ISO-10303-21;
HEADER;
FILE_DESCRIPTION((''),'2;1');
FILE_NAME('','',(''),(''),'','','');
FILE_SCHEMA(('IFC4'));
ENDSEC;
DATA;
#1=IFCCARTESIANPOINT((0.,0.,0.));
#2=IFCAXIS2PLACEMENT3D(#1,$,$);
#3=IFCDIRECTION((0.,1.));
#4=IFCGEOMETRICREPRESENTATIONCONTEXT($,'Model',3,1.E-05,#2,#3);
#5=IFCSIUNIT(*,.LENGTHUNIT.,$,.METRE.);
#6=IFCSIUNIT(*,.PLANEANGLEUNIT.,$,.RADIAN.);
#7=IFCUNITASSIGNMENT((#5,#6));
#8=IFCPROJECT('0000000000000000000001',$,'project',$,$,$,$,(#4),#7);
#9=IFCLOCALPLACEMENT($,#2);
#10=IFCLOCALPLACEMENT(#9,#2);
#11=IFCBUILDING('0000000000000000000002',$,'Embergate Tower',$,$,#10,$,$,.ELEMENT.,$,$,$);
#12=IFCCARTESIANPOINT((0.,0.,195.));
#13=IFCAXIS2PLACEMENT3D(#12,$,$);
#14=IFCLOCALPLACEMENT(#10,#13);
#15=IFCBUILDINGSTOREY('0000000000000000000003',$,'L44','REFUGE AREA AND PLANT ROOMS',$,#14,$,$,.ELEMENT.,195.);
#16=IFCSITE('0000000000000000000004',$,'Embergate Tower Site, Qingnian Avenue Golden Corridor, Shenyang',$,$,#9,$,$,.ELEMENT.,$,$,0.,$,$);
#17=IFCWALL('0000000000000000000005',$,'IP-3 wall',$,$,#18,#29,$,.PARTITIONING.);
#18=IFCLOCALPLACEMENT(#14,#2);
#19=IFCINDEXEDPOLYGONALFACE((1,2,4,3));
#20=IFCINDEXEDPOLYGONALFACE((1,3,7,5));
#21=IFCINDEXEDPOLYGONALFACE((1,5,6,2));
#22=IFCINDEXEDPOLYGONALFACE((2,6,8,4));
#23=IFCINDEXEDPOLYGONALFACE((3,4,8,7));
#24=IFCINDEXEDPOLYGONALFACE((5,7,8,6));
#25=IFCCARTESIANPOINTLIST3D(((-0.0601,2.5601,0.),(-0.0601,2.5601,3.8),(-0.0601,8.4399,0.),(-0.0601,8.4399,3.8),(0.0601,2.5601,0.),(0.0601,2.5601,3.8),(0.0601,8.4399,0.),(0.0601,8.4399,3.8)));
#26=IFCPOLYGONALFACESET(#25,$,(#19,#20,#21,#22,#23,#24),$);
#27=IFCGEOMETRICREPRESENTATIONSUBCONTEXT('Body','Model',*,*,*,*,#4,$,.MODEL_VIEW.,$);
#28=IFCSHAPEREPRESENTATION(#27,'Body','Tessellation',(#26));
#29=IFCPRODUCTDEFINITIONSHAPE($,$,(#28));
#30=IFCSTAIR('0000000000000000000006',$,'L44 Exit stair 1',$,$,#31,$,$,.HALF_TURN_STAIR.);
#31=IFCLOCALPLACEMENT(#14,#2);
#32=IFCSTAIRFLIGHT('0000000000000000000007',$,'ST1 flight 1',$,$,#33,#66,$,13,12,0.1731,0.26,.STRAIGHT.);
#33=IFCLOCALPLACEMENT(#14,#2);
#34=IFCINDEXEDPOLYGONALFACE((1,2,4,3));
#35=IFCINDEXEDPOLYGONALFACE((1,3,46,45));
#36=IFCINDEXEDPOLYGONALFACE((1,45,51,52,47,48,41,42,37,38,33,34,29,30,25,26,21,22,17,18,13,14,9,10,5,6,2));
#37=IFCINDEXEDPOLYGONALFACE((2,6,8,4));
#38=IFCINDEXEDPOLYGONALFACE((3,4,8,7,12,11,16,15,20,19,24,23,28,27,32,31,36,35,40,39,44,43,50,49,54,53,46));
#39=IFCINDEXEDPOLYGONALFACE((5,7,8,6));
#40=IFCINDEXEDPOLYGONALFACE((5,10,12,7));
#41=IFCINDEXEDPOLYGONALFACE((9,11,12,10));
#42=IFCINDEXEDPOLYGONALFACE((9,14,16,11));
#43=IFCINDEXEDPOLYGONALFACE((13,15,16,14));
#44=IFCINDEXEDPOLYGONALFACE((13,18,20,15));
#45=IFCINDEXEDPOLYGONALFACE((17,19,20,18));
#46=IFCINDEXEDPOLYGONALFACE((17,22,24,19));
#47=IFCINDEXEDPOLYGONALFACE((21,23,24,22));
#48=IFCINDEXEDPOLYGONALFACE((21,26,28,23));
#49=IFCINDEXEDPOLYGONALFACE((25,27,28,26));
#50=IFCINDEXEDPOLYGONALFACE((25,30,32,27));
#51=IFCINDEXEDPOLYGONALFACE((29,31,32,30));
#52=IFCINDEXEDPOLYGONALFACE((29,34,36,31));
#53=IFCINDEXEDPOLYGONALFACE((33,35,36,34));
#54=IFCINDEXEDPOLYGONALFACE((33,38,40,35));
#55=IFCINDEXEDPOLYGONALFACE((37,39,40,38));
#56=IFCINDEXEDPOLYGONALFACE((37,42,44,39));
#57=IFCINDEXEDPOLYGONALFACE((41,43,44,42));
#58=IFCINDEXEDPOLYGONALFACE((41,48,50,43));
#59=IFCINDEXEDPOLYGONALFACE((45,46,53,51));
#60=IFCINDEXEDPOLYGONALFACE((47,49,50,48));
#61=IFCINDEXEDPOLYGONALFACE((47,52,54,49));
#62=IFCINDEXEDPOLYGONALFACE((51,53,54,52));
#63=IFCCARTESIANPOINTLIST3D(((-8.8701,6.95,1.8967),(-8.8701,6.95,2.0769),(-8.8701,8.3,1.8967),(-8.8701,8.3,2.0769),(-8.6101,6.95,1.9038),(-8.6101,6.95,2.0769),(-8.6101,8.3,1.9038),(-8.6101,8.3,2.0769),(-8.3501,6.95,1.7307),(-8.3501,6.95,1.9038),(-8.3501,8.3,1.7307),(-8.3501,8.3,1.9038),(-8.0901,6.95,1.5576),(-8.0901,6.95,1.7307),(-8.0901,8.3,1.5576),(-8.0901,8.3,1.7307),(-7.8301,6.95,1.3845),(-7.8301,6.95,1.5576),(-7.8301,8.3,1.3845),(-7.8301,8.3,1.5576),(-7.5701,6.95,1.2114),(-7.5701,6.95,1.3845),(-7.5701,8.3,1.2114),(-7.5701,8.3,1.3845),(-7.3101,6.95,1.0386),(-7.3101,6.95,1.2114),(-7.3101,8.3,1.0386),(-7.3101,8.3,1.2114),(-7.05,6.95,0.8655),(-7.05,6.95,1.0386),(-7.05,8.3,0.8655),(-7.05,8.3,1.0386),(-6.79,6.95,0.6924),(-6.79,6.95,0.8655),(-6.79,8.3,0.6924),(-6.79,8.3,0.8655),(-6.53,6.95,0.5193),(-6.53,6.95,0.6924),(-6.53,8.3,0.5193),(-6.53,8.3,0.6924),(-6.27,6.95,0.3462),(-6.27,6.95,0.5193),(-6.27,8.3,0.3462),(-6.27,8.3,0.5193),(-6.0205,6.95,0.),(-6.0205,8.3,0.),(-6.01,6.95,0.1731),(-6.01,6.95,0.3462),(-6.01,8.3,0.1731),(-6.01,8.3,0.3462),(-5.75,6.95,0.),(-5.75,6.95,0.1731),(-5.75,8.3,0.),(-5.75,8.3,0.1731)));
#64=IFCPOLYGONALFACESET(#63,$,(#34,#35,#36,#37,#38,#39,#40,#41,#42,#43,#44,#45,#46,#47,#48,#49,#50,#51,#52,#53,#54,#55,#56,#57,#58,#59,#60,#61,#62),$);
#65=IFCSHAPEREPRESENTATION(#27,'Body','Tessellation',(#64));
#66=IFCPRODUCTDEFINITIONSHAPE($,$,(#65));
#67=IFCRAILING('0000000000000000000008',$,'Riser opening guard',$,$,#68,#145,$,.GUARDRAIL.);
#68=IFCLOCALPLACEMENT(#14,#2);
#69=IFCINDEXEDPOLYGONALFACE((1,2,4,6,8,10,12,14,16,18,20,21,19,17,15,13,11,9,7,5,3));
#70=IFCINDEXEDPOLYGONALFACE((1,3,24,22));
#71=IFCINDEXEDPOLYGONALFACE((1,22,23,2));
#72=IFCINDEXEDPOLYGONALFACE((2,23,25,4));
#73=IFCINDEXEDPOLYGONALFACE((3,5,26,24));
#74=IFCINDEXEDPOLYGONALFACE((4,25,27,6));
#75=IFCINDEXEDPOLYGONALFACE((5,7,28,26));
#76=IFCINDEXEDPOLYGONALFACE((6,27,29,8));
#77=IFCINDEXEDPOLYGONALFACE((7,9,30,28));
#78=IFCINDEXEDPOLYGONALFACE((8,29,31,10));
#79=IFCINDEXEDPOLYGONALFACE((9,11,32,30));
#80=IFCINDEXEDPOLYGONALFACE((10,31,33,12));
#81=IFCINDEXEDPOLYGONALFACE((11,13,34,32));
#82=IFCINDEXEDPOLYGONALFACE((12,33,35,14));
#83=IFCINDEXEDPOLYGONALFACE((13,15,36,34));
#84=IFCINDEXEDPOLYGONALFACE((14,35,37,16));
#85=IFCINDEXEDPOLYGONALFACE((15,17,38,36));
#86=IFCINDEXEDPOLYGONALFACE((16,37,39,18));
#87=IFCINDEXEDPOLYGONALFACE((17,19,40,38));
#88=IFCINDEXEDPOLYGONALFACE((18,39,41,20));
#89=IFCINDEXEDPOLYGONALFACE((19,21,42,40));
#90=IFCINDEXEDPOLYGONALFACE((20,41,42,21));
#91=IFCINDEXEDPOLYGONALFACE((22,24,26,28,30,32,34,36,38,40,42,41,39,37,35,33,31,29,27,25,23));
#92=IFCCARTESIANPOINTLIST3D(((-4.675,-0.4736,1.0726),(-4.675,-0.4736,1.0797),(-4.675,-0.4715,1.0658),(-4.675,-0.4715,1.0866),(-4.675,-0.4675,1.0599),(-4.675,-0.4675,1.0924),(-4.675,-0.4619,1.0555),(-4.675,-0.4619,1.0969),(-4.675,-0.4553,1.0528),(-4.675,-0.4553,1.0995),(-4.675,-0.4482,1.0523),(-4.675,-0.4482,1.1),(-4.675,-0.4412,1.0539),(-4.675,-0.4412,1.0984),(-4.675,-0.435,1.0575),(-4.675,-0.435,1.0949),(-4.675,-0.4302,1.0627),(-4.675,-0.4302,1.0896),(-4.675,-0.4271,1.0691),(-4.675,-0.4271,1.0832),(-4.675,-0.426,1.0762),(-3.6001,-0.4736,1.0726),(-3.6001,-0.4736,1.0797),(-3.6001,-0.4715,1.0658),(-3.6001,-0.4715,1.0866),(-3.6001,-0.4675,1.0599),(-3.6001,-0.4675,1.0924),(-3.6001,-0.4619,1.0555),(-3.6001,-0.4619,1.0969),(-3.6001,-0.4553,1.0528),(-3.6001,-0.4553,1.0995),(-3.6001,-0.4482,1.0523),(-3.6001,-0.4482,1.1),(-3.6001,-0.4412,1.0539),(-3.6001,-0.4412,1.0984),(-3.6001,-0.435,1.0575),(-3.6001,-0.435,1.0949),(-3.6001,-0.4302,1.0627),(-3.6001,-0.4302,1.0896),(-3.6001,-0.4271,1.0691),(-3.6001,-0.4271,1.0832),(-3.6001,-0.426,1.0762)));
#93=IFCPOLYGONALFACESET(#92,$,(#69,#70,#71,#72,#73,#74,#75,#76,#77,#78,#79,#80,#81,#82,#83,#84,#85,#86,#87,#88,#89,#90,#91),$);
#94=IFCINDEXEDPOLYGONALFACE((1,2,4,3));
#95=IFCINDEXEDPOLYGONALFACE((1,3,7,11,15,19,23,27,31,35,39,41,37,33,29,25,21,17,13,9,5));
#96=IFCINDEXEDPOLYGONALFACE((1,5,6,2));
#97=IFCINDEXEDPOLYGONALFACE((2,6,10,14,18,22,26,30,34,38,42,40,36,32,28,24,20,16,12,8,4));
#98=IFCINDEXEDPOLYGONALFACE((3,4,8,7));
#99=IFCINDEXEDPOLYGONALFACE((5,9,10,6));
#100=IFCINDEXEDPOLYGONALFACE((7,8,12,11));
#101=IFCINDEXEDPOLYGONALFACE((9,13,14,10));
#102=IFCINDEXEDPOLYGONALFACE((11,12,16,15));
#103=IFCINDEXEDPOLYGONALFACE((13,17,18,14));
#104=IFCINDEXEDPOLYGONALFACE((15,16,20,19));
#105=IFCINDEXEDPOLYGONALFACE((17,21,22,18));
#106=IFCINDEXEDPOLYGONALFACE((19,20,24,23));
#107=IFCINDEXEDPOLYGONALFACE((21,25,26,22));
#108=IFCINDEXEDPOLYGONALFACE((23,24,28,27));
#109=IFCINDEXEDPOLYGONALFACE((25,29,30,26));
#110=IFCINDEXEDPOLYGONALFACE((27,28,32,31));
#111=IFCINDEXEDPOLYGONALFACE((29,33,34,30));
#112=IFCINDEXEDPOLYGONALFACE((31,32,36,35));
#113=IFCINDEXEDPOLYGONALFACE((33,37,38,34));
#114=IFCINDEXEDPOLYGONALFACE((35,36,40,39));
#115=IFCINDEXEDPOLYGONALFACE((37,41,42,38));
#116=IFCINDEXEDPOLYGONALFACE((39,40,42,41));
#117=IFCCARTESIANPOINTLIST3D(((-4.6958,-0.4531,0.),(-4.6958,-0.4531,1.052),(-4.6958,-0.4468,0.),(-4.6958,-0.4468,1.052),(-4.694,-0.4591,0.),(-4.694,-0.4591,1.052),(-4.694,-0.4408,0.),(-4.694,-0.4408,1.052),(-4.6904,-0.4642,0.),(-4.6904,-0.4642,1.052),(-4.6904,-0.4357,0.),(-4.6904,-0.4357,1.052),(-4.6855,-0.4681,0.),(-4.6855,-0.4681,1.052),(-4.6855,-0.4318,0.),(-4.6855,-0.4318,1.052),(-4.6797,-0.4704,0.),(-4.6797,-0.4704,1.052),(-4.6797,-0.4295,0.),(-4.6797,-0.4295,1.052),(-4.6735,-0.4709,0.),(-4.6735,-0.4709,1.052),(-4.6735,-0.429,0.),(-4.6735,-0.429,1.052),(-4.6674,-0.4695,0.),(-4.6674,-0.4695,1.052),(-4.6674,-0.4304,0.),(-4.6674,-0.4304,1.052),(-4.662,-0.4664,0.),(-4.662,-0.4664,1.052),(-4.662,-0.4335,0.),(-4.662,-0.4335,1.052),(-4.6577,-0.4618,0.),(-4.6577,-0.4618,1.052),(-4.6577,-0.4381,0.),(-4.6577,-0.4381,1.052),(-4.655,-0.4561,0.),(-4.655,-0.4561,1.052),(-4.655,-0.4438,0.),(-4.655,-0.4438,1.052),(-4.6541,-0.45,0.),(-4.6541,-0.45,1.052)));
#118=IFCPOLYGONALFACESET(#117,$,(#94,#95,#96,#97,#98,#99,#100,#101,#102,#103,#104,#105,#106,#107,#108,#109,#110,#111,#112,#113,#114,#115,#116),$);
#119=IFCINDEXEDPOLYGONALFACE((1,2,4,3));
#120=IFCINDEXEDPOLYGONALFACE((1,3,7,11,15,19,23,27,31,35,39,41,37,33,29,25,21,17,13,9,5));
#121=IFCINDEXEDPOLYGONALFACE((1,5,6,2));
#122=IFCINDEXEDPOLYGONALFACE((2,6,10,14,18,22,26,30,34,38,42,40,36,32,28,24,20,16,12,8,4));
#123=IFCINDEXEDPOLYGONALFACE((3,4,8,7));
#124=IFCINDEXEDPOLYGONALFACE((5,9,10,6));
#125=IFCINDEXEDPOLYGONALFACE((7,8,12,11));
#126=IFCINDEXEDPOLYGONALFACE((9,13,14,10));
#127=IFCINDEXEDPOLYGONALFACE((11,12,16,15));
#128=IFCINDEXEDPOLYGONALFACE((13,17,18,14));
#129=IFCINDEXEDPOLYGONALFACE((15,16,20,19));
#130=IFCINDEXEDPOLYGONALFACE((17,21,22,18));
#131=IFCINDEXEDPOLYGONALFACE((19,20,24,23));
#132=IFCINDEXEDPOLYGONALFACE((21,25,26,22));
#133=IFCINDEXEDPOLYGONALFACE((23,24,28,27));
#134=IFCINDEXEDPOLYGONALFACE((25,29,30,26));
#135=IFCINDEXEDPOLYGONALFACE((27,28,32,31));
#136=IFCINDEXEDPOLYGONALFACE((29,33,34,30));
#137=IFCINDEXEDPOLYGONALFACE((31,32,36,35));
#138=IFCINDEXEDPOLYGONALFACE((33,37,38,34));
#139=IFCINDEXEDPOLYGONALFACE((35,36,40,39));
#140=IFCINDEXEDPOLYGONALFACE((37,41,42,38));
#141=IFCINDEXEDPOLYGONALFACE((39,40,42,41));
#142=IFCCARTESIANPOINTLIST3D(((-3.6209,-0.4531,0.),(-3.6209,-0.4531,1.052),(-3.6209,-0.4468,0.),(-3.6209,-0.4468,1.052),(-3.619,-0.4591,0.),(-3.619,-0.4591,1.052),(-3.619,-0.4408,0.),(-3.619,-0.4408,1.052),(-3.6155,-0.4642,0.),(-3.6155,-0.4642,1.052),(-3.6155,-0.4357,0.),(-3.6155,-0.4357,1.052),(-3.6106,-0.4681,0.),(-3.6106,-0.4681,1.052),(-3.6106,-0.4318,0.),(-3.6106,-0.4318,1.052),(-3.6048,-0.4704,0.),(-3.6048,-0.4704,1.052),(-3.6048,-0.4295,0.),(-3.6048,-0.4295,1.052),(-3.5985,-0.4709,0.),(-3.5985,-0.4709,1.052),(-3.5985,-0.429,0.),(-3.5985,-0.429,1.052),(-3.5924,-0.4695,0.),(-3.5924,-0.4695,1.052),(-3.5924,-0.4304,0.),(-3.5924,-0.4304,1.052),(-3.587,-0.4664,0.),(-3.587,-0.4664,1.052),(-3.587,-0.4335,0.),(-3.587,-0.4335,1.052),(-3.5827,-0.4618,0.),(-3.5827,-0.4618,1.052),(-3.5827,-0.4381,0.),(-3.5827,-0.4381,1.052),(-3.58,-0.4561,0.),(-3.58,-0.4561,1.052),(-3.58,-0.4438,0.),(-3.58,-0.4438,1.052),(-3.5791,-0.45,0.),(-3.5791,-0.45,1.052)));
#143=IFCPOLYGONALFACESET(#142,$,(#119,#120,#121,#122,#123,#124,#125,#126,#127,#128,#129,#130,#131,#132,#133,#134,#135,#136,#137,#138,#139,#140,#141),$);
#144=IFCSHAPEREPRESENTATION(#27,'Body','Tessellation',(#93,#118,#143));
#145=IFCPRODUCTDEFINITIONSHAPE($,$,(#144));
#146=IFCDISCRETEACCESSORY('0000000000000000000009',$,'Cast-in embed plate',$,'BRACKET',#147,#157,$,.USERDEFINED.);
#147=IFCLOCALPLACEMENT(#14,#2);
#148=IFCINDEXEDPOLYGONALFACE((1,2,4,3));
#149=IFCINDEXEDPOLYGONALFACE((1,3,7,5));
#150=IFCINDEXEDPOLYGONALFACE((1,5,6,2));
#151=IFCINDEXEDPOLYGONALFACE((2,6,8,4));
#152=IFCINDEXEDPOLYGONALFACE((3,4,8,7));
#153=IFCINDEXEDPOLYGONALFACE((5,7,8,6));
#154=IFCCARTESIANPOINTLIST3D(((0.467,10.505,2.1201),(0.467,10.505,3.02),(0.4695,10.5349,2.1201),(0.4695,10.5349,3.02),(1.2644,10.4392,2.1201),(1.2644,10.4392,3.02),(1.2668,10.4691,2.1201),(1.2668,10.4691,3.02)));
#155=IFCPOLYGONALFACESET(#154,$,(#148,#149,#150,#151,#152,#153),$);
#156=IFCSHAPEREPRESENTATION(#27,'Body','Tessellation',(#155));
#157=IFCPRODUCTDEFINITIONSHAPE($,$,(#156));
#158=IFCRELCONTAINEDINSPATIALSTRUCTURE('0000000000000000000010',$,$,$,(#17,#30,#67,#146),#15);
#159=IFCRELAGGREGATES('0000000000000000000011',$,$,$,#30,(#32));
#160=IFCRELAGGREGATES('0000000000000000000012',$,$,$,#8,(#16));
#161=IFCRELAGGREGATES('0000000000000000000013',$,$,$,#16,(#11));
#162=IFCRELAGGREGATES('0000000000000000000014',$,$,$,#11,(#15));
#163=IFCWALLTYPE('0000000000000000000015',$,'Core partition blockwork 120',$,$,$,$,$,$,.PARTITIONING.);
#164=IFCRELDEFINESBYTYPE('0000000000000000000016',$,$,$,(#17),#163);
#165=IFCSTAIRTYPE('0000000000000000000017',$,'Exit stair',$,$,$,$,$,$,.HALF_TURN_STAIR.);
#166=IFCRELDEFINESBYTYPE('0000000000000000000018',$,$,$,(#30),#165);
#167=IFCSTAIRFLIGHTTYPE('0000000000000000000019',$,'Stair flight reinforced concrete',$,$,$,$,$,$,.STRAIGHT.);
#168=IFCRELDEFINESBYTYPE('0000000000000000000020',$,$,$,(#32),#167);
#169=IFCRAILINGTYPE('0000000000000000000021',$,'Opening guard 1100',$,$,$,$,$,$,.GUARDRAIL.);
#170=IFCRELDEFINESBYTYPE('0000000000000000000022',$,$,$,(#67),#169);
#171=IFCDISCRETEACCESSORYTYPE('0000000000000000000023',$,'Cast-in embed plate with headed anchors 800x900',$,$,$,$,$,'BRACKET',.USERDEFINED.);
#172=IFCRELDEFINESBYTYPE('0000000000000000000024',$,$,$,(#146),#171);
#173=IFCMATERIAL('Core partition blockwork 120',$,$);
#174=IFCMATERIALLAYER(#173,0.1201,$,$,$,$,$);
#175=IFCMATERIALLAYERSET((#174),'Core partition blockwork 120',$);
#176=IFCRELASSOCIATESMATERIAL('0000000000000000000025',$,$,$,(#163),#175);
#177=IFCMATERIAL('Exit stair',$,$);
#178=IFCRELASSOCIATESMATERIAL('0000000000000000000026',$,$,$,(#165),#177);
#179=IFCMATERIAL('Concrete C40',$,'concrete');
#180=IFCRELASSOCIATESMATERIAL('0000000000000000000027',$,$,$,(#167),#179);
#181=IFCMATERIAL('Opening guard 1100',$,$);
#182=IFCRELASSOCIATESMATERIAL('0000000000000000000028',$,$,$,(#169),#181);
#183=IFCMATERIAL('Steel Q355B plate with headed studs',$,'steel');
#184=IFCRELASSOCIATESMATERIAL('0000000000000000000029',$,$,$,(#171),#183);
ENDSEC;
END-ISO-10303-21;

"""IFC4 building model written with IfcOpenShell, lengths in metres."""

from ifc_helpers import new_model, si_unit, direction, frame, frame_2d, origin, origin_2d, place, context, subcontext, project, spatial, polyline, rectangle, circle, outline, extrude, source, transform, mapped, material, layer, layer_set, type_object, element, aggregate, save


model = new_model("IFC4")

# Units and contexts
model_context = context("Model", 3, precision=1e-05, world=origin(), true_north=direction((0.0, 1.0)))
body_context = subcontext(model_context, "Body", "Model", "MODEL_VIEW")
ifc_project = project(units=[si_unit("LENGTHUNIT", "METRE"), si_unit("PLANEANGLEUNIT", "RADIAN")], contexts=[model_context])

# Site, building, storey
site_placement = place(None, origin())
site = spatial("IfcSite", under=ifc_project, at=site_placement, Name="Embergate Tower Site, Qingnian Avenue Golden Corridor, Shenyang", CompositionType="ELEMENT", RefElevation=0.0)
building_placement = place(site_placement, origin())
building = spatial("IfcBuilding", under=site, at=building_placement, Name="Embergate Tower", CompositionType="ELEMENT")
storey_placement = place(building_placement, frame((0.0, 0.0, 195.0)))
storey = spatial("IfcBuildingStorey", under=building, at=storey_placement, Name="L44", Description="REFUGE AREA AND PLANT ROOMS", CompositionType="ELEMENT", Elevation=195.0)

# Shared definitions
ifc_material_1 = material(Name="Core partition blockwork 120")
ifc_layer_1 = layer(ifc_material_1, 0.1201)
ifc_layer_set_1 = layer_set([ifc_layer_1], Name="Core partition blockwork 120")
wall_type_1 = type_object("IfcWallType", Name="Core partition blockwork 120", PredefinedType="PARTITIONING", material=ifc_layer_set_1)

# Wall
shared_shape_1 = source(origin(), body_context, "Body", "SweptSolid", [
    extrude(rectangle(XDim=5.8799, YDim=0.1201, at=frame_2d((2.9399, 0.0))), origin(), (0.0, 0.0, 1.0), 3.8),
])
wall_1_placement = place(storey_placement, frame((0.0, 2.5601, 0.0), z_axis=(0.0, 0.0, 1.0), x_axis=(0.0, 1.0, 0.0)))
element("IfcWall", 1, at=wall_1_placement, inside=storey, type_object=wall_type_1, Name="IP-3 wall", PredefinedType="PARTITIONING", context=body_context, shape_type="MappedRepresentation", body=[
    mapped(shared_shape_1, transform((0.0, 0.0, 0.0))),
])

# Stair, stair flight
ifc_material_2 = material(Name="Exit stair")
stair_type = type_object("IfcStairType", Name="Exit stair", PredefinedType="HALF_TURN_STAIR", material=ifc_material_2)
stair_placement = place(storey_placement, origin())
stair = element("IfcStair", 2, at=stair_placement, inside=storey, type_object=stair_type, Name="L44 Exit stair 1", PredefinedType="HALF_TURN_STAIR")
ifc_material_3 = material(Name="Concrete C40", Category="concrete")
stair_flight_type = type_object("IfcStairFlightType", Name="Stair flight reinforced concrete", PredefinedType="STRAIGHT", material=ifc_material_3)
shared_shape_2 = source(origin(), body_context, "Body", "SweptSolid", [
    extrude(outline(polyline([(0.0, 0.0), (0.0, 0.1731), (0.26, 0.1731), (0.26, 0.3462), (0.52, 0.3462), (0.52, 0.5193), (0.78, 0.5193), (0.78, 0.6924), (1.04, 0.6924), (1.04, 0.8655), (1.3, 0.8655), (1.3, 1.0386), (1.5601, 1.0386), (1.5601, 1.2114), (1.8201, 1.2114), (1.8201, 1.3845), (2.0801, 1.3845), (2.0801, 1.5576), (2.3401, 1.5576), (2.3401, 1.7307), (2.6001, 1.7307), (2.6001, 1.9038), (2.8601, 1.9038), (2.8601, 2.0769), (3.1201, 2.0769), (3.1201, 2.25), (3.1201, 1.8967), (0.2705, 0.0), (0.0, 0.0)])), frame((0.0, 0.675, 0.0), z_axis=(0.0, -1.0, 0.0), x_axis=(1.0, 0.0, 0.0)), (0.0, 0.0, 1.0), 1.3501),
])
stair_flight_placement = place(storey_placement, frame((-5.75, 7.625, 0.0), z_axis=(0.0, 0.0, 1.0), x_axis=(-1.0, 0.0, 0.0)))
stair_flight = element("IfcStairFlight", 3, at=stair_flight_placement, type_object=stair_flight_type, Name="ST1 flight 1", NumberOfRisers=13, NumberOfTreads=12, PredefinedType="STRAIGHT", RiserHeight=0.1731, TreadLength=0.26, context=body_context, shape_type="MappedRepresentation", body=[
    mapped(shared_shape_2, transform((0.0, 0.0, 0.0))),
])
aggregate(stair, [stair_flight])

# Railing
ifc_material_4 = material(Name="Opening guard 1100")
railing_type_1 = type_object("IfcRailingType", Name="Opening guard 1100", PredefinedType="GUARDRAIL", material=ifc_material_4)
shared_shape_3 = source(origin(), body_context, "Body", "SweptSolid", [
    extrude(circle(Radius=0.0239, at=origin_2d()), frame((0.0, 0.0, 1.0762), z_axis=(1.0, 0.0, 0.0), x_axis=(0.0, 1.0, 0.0)), (0.0, 0.0, 1.0), 1.075),
    extrude(circle(Radius=0.021, at=origin_2d()), origin(), (0.0, 0.0, 1.0), 1.052),
    extrude(circle(Radius=0.021, at=origin_2d()), frame((1.075, 0.0, 0.0)), (0.0, 0.0, 1.0), 1.052),
])
railing_1_placement = place(storey_placement, frame((-4.675, -0.45, 0.0)))
element("IfcRailing", 4, at=railing_1_placement, inside=storey, type_object=railing_type_1, Name="Riser opening guard", PredefinedType="GUARDRAIL", context=body_context, shape_type="MappedRepresentation", body=[
    mapped(shared_shape_3, transform((0.0, 0.0, 0.0))),
])

# Discrete accessory
ifc_material_5 = material(Name="Steel Q355B plate with headed studs", Category="steel")
discrete_accessory_type = type_object("IfcDiscreteAccessoryType", Name="Cast-in embed plate with headed anchors 800x900", ElementType="BRACKET", PredefinedType="USERDEFINED", material=ifc_material_5)
shared_shape_4 = source(origin(), body_context, "Body", "SweptSolid", [
    extrude(rectangle(XDim=0.03, YDim=0.8, at=origin_2d()), origin(), (0.0, 0.0, 1.0), 0.8999),
])
discrete_accessory_placement = place(storey_placement, frame((0.8669, 10.4871, 2.1201), z_axis=(0.0, 0.0, 1.0), x_axis=(0.082286, 0.996609, 0.0)))
element("IfcDiscreteAccessory", 5, at=discrete_accessory_placement, inside=storey, type_object=discrete_accessory_type, Name="Cast-in embed plate", ObjectType="BRACKET", PredefinedType="USERDEFINED", context=body_context, shape_type="MappedRepresentation", body=[
    mapped(shared_shape_4, transform((0.0, 0.0, 0.0))),
])

save(model, "model.ifc")
